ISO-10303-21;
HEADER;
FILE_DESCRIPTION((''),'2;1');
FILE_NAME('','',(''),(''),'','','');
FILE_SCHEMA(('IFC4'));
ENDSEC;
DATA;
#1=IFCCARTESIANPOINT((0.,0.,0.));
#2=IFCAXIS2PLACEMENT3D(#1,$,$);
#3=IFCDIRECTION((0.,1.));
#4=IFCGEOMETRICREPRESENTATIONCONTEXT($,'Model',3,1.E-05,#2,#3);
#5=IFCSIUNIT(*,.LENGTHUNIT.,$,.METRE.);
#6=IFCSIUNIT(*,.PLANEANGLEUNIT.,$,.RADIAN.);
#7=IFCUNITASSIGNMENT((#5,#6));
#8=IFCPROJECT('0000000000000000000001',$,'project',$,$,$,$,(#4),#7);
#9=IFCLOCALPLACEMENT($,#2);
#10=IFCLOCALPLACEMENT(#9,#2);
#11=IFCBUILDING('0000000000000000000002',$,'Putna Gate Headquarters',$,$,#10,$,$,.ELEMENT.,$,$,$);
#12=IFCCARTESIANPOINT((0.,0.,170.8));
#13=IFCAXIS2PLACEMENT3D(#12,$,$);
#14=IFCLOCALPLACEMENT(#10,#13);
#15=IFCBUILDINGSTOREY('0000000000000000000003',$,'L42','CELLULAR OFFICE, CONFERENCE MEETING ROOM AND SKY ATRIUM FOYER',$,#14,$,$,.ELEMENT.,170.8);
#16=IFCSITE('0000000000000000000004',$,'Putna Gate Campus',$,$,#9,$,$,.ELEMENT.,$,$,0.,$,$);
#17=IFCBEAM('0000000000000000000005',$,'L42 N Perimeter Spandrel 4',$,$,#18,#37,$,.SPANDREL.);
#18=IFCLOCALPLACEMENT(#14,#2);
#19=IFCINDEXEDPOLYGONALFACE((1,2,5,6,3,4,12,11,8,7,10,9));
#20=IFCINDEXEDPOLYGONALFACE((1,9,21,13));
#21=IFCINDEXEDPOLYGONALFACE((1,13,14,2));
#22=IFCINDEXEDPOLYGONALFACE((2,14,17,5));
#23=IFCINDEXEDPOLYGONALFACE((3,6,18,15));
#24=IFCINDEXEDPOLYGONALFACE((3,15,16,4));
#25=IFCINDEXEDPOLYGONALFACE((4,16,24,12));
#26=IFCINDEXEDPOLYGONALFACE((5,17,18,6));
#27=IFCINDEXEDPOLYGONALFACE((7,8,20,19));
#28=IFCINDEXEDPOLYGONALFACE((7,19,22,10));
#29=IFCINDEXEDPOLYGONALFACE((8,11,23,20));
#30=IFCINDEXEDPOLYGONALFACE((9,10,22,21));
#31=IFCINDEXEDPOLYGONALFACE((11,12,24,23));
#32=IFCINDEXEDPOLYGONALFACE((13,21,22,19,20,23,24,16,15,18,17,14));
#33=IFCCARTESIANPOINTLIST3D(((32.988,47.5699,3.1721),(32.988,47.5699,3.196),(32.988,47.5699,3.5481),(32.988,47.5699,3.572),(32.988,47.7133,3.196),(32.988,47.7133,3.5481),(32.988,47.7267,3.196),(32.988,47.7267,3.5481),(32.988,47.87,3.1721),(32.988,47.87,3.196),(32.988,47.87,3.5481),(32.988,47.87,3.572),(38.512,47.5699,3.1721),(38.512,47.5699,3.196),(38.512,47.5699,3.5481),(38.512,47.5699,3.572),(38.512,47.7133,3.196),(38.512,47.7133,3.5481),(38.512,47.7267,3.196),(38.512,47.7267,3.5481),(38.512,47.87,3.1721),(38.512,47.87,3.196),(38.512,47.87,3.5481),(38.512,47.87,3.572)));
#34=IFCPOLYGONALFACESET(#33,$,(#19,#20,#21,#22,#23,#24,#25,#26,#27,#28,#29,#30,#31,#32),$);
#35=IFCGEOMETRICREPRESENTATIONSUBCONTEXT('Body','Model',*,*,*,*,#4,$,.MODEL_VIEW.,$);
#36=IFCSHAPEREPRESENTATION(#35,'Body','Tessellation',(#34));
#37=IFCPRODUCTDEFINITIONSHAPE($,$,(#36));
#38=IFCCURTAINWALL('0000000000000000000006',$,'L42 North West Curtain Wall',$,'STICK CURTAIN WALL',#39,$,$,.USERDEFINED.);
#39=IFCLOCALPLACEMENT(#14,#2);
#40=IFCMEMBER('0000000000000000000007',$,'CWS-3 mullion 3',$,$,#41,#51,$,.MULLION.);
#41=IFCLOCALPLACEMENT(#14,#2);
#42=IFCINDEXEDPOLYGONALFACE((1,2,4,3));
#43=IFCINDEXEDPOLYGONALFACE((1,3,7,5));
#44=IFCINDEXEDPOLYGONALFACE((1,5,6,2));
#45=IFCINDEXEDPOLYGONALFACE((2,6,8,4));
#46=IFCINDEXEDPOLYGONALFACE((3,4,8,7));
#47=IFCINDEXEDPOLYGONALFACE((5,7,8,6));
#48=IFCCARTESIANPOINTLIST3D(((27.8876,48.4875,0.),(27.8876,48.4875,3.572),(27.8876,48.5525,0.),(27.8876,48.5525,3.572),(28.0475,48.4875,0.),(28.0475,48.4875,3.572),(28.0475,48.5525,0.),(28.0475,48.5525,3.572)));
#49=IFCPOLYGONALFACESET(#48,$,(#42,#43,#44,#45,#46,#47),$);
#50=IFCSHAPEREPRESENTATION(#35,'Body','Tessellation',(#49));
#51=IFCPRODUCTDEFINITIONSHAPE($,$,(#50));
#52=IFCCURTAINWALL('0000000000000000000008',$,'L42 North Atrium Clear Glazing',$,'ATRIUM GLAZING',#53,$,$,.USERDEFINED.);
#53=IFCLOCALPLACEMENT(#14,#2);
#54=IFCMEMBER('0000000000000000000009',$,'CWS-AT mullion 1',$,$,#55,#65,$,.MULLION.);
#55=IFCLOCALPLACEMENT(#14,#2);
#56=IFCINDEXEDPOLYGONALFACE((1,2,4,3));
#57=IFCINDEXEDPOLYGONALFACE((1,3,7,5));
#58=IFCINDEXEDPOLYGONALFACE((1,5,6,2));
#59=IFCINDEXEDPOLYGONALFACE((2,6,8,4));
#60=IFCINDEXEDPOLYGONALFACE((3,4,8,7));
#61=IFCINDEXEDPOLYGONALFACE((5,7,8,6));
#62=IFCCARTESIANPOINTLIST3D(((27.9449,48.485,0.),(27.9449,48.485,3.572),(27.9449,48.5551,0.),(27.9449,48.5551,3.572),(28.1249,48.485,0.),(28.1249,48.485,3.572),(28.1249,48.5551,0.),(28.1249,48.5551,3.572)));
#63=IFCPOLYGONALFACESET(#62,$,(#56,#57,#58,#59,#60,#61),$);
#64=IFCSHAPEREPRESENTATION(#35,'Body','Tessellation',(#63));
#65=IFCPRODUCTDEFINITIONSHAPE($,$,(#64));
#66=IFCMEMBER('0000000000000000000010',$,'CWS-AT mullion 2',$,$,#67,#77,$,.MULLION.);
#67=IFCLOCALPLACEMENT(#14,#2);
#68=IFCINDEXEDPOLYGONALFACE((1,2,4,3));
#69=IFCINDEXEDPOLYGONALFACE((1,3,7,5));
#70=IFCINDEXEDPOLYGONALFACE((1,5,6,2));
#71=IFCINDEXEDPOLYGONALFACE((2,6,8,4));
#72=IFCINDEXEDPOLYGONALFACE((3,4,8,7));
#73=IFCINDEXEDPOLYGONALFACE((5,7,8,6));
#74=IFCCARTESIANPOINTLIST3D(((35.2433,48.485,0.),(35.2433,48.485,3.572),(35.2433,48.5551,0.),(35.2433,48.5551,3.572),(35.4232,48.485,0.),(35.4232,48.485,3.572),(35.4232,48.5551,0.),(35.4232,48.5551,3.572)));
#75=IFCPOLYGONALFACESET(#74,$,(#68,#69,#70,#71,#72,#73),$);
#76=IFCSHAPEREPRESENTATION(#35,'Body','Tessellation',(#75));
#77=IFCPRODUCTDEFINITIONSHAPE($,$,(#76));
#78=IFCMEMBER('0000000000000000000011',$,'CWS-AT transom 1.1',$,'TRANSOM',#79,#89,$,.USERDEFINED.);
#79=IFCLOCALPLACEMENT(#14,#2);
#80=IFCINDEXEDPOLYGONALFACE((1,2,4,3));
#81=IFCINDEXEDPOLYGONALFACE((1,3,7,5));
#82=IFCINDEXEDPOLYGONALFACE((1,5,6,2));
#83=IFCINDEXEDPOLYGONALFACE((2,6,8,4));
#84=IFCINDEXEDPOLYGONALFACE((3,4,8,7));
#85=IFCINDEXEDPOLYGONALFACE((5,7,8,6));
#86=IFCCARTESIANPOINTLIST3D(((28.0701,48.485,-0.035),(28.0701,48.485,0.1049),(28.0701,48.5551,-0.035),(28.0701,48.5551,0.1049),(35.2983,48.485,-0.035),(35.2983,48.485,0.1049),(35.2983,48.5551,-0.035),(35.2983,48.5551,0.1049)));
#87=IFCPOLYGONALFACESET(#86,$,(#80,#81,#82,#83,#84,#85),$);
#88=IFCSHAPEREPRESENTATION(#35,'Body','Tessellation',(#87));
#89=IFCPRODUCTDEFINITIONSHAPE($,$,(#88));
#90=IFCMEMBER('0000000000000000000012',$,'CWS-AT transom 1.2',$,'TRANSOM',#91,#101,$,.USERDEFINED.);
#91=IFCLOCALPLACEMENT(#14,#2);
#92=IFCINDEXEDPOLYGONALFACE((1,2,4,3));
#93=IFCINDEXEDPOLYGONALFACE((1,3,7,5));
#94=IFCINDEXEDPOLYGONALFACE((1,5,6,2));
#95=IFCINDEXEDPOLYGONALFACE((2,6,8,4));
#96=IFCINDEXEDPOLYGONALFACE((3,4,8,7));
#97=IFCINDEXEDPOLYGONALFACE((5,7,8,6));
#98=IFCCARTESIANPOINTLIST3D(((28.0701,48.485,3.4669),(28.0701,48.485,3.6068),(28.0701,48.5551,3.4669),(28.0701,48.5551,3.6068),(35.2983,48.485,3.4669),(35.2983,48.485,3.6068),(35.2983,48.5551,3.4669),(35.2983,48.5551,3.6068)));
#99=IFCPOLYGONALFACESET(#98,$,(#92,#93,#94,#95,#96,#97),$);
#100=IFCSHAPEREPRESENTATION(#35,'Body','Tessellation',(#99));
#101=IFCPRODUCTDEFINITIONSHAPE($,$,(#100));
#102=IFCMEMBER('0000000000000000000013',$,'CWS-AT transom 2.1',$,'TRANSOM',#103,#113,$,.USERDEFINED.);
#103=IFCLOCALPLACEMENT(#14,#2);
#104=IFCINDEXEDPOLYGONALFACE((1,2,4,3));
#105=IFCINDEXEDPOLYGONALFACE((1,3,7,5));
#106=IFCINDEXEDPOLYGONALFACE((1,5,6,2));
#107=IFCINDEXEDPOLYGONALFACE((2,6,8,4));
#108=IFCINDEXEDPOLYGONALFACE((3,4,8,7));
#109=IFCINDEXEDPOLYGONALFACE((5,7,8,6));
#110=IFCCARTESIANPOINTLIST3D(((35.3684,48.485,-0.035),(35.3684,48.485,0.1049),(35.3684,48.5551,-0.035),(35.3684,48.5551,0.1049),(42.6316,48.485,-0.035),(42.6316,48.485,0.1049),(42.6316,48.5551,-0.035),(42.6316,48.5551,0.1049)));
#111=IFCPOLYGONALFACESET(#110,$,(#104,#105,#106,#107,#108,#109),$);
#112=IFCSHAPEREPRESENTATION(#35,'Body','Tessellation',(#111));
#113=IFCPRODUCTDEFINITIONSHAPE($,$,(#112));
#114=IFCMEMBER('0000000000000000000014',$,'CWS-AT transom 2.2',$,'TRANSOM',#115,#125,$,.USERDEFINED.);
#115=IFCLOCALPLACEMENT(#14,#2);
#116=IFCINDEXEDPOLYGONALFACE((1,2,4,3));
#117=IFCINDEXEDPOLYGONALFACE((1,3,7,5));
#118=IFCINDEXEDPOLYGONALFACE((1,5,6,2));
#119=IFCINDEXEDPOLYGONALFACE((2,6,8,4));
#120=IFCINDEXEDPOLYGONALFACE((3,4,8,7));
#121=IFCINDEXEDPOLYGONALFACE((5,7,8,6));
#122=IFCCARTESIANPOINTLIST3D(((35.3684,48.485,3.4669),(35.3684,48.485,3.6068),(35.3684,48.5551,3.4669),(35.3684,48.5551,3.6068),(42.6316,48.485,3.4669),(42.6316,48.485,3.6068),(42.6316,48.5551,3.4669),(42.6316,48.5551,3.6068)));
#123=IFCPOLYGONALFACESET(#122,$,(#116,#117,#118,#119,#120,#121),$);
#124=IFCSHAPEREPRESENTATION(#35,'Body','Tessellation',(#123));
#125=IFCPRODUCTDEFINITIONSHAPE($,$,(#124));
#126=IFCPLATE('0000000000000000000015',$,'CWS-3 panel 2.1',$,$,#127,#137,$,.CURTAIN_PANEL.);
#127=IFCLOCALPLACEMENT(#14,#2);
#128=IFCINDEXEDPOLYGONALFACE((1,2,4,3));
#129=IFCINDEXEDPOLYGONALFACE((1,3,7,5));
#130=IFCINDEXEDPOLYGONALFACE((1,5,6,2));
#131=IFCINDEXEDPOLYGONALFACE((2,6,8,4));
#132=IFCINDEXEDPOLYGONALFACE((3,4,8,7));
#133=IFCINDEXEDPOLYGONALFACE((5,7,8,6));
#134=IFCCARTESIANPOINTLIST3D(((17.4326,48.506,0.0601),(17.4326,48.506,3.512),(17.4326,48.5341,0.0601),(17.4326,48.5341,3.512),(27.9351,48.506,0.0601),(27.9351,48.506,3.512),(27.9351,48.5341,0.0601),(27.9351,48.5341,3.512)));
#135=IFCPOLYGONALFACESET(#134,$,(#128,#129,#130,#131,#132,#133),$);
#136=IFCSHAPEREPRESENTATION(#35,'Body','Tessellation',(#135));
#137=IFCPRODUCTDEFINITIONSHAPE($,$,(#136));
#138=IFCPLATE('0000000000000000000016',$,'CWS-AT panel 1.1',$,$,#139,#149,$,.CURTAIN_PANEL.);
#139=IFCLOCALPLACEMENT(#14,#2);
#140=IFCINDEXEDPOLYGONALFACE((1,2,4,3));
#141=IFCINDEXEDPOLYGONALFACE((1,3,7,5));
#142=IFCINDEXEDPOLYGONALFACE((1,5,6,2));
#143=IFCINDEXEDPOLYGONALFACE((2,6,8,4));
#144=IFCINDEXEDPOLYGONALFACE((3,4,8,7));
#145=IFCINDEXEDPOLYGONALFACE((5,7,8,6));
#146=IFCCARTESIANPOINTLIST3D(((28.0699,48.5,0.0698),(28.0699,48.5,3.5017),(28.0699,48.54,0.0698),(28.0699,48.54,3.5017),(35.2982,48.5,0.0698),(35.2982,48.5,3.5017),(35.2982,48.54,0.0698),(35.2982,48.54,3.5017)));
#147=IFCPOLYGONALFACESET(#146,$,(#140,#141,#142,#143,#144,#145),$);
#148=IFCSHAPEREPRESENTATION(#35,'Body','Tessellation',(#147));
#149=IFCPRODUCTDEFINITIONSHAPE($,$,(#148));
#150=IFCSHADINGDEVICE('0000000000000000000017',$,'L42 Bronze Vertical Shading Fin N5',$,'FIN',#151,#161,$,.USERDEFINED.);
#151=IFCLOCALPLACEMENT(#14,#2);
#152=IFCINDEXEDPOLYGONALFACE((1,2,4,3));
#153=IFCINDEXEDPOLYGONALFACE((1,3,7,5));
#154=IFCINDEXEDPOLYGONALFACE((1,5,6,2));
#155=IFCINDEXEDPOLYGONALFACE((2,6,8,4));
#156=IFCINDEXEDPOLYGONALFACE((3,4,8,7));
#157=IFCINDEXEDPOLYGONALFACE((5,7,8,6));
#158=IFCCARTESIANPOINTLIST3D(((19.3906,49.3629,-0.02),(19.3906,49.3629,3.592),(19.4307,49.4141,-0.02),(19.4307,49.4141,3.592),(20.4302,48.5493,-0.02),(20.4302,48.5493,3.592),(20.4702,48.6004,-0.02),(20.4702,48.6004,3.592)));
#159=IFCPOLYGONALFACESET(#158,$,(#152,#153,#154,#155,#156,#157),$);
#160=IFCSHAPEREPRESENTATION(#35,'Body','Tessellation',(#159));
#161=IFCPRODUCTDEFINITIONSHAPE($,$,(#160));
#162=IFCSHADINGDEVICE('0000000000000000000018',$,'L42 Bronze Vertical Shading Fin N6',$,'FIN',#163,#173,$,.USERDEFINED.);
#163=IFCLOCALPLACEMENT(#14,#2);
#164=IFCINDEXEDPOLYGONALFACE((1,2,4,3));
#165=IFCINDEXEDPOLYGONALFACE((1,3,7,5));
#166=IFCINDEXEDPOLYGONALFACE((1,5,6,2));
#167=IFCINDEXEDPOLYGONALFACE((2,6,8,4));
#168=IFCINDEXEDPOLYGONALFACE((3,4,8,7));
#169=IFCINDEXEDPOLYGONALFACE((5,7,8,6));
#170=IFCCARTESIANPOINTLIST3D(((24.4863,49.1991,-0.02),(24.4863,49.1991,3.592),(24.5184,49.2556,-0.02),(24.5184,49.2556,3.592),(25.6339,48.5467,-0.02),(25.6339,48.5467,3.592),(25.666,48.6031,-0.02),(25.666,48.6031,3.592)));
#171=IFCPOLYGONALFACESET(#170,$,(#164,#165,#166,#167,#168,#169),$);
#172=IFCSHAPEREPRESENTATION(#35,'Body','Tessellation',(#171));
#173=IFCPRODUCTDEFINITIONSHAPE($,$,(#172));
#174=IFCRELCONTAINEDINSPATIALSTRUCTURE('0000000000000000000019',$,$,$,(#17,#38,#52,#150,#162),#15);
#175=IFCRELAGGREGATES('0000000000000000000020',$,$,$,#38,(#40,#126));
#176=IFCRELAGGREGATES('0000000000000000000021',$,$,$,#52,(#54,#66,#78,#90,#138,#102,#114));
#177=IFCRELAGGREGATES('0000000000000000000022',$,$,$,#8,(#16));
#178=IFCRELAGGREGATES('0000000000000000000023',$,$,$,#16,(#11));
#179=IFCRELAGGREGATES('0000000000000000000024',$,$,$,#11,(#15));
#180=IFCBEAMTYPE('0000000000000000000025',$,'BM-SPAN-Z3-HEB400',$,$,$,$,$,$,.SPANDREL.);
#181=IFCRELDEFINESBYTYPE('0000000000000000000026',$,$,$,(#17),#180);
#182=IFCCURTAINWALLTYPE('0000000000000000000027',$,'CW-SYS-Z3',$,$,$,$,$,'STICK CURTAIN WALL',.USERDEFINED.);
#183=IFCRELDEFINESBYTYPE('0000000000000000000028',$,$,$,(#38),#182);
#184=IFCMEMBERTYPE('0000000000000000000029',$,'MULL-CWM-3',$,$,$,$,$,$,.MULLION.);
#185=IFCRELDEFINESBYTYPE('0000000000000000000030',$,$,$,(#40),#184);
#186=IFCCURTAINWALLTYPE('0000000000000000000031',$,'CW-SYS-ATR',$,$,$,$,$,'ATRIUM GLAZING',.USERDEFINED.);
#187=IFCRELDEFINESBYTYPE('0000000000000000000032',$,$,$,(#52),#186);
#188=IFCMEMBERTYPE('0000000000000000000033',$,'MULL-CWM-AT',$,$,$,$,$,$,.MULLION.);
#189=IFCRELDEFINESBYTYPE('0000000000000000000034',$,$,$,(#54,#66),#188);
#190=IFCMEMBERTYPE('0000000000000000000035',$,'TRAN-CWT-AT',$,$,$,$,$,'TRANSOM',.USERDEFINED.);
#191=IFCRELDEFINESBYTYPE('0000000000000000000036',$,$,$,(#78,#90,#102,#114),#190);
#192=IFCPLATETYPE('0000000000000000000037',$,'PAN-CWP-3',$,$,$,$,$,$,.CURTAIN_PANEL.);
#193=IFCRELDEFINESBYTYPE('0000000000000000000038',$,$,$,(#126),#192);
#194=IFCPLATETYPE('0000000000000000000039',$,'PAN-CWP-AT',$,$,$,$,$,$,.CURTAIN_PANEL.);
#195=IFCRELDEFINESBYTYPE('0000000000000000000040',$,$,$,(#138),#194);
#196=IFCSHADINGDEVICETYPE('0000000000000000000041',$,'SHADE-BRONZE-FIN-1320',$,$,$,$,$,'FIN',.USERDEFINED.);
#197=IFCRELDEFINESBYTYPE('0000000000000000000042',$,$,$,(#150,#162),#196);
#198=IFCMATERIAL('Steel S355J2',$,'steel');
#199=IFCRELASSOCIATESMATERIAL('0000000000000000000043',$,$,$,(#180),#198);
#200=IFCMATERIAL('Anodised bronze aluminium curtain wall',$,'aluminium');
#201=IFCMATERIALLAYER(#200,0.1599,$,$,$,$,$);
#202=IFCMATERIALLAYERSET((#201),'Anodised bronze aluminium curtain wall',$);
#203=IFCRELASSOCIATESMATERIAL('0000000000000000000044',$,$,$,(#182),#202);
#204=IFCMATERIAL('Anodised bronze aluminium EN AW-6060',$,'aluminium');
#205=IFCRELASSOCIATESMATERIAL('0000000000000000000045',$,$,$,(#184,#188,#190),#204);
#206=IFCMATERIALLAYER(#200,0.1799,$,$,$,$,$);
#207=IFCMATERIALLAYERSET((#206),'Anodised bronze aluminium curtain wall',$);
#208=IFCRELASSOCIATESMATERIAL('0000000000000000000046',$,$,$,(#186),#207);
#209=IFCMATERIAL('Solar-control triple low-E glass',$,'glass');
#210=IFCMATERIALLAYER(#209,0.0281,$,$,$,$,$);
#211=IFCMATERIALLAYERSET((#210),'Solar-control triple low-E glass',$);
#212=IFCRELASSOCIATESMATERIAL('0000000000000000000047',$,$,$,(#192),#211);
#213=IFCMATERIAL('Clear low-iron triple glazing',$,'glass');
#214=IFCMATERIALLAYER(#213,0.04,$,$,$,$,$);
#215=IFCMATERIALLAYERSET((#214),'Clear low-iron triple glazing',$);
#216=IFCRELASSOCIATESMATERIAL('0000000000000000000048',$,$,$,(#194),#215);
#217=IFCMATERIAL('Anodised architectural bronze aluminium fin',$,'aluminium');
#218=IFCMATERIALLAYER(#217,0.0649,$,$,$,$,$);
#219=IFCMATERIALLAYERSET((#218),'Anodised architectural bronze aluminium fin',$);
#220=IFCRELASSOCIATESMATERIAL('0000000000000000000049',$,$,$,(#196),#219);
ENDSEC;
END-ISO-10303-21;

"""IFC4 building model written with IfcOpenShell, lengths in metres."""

from ifc_helpers import new_model, si_unit, direction, frame, origin, origin_2d, place, context, subcontext, project, spatial, rectangle, i_section, extrude, material, layer, layer_set, material_profile, profile_set, type_object, element, aggregate, save


model = new_model("IFC4")

# Units and contexts
model_context = context("Model", 3, precision=1e-05, world=origin(), true_north=direction((0.0, 1.0)))
body_context = subcontext(model_context, "Body", "Model", "MODEL_VIEW")
ifc_project = project(units=[si_unit("LENGTHUNIT", "METRE"), si_unit("PLANEANGLEUNIT", "RADIAN")], contexts=[model_context])

# Site, building, storey
site_placement = place(None, origin())
site = spatial("IfcSite", under=ifc_project, at=site_placement, Name="Putna Gate Campus", CompositionType="ELEMENT", RefElevation=0.0)
building_placement = place(site_placement, origin())
building = spatial("IfcBuilding", under=site, at=building_placement, Name="Putna Gate Headquarters", CompositionType="ELEMENT")
storey_placement = place(building_placement, frame((0.0, 0.0, 170.8)))
storey = spatial("IfcBuildingStorey", under=building, at=storey_placement, Name="L42", Description="CELLULAR OFFICE, CONFERENCE MEETING ROOM AND SKY ATRIUM FOYER", CompositionType="ELEMENT", Elevation=170.8)

# Beam
ifc_material_1 = material(Name="Steel S355J2", Category="steel")
ifc_material_profile_1 = material_profile(ifc_material_1, i_section(OverallWidth=0.3, OverallDepth=0.3999, WebThickness=0.0134, FlangeThickness=0.0239, at=origin_2d()), Name="Steel S355J2")
ifc_profile_set_1 = profile_set([ifc_material_profile_1], Name="Steel S355J2")
beam_type_1 = type_object("IfcBeamType", Name="BM-SPAN-Z3-HEB400", PredefinedType="SPANDREL", material=ifc_profile_set_1)
for number, where, z_axis, x_axis, name in (
    (1, (32.988, 47.72, 3.3721), (1.0, 0.0, 0.0), (0.0, 1.0, 0.0), "L42 N Perimeter Spandrel 4"),
):
    element("IfcBeam", number, at=place(storey_placement, frame(where, z_axis=z_axis, x_axis=x_axis)), inside=storey, type_object=beam_type_1, Name=name, PredefinedType="SPANDREL", context=body_context, shape_type="SweptSolid", body=[
        extrude(i_section(OverallWidth=0.3, OverallDepth=0.3999, WebThickness=0.0134, FlangeThickness=0.0239, at=origin_2d()), origin(), (0.0, 0.0, 1.0), 5.5239),
    ])

# Curtain wall, member
ifc_material_2 = material(Name="Anodised bronze aluminium curtain wall", Category="aluminium")
ifc_layer_1 = layer(ifc_material_2, 0.1599)
ifc_layer_set_1 = layer_set([ifc_layer_1], Name="Anodised bronze aluminium curtain wall")
curtain_wall_type_1 = type_object("IfcCurtainWallType", Name="CW-SYS-Z3", ElementType="STICK CURTAIN WALL", PredefinedType="USERDEFINED", material=ifc_layer_set_1)
curtain_wall_1_placement = place(storey_placement, origin())
curtain_wall_1 = element("IfcCurtainWall", 2, at=curtain_wall_1_placement, inside=storey, type_object=curtain_wall_type_1, Name="L42 North West Curtain Wall", ObjectType="STICK CURTAIN WALL", PredefinedType="USERDEFINED")
ifc_material_3 = material(Name="Anodised bronze aluminium EN AW-6060", Category="aluminium")
ifc_material_profile_2 = material_profile(ifc_material_3, rectangle(XDim=0.0649, YDim=0.1599, at=origin_2d()), Name="Anodised bronze aluminium EN AW-6060")
ifc_profile_set_2 = profile_set([ifc_material_profile_2], Name="Anodised bronze aluminium EN AW-6060")
member_type_1 = type_object("IfcMemberType", Name="MULL-CWM-3", PredefinedType="MULLION", material=ifc_profile_set_2)
member_1_placement = place(storey_placement, frame((27.9675, 48.52, 0.0), z_axis=(0.0, 0.0, 1.0), x_axis=(0.0, 1.0, 0.0)))
member_1 = element("IfcMember", 3, at=member_1_placement, type_object=member_type_1, Name="CWS-3 mullion 3", PredefinedType="MULLION", context=body_context, shape_type="SweptSolid", body=[
    extrude(rectangle(XDim=0.0649, YDim=0.1599, at=origin_2d()), origin(), (0.0, 0.0, 1.0), 3.572),
])

# Curtain wall, members
ifc_layer_2 = layer(ifc_material_2, 0.1799)
ifc_layer_set_2 = layer_set([ifc_layer_2], Name="Anodised bronze aluminium curtain wall")
curtain_wall_type_2 = type_object("IfcCurtainWallType", Name="CW-SYS-ATR", ElementType="ATRIUM GLAZING", PredefinedType="USERDEFINED", material=ifc_layer_set_2)
curtain_wall_2_placement = place(storey_placement, origin())
curtain_wall_2 = element("IfcCurtainWall", 4, at=curtain_wall_2_placement, inside=storey, type_object=curtain_wall_type_2, Name="L42 North Atrium Clear Glazing", ObjectType="ATRIUM GLAZING", PredefinedType="USERDEFINED")
ifc_material_profile_3 = material_profile(ifc_material_3, rectangle(XDim=0.0701, YDim=0.1799, at=origin_2d()), Name="Anodised bronze aluminium EN AW-6060")
ifc_profile_set_3 = profile_set([ifc_material_profile_3], Name="Anodised bronze aluminium EN AW-6060")
member_type_2 = type_object("IfcMemberType", Name="MULL-CWM-AT", PredefinedType="MULLION", material=ifc_profile_set_3)
member_2_placement = place(storey_placement, frame((28.0349, 48.52, 0.0), z_axis=(0.0, 0.0, 1.0), x_axis=(0.0, 1.0, 0.0)))
member_2 = element("IfcMember", 5, at=member_2_placement, type_object=member_type_2, Name="CWS-AT mullion 1", PredefinedType="MULLION", context=body_context, shape_type="SweptSolid", body=[
    extrude(rectangle(XDim=0.0701, YDim=0.1799, at=origin_2d()), origin(), (0.0, 0.0, 1.0), 3.572),
])
member_3_placement = place(storey_placement, frame((35.3333, 48.52, 0.0), z_axis=(0.0, 0.0, 1.0), x_axis=(0.0, 1.0, 0.0)))
member_3 = element("IfcMember", 6, at=member_3_placement, type_object=member_type_2, Name="CWS-AT mullion 2", PredefinedType="MULLION", context=body_context, shape_type="SweptSolid", body=[
    extrude(rectangle(XDim=0.0701, YDim=0.1799, at=origin_2d()), origin(), (0.0, 0.0, 1.0), 3.572),
])
ifc_material_profile_4 = material_profile(ifc_material_3, rectangle(XDim=0.0701, YDim=0.1399, at=origin_2d()), Name="Anodised bronze aluminium EN AW-6060")
ifc_profile_set_4 = profile_set([ifc_material_profile_4], Name="Anodised bronze aluminium EN AW-6060")
member_type_3 = type_object("IfcMemberType", Name="TRAN-CWT-AT", ElementType="TRANSOM", PredefinedType="USERDEFINED", material=ifc_profile_set_4)
member_4_placement = place(storey_placement, frame((28.0701, 48.52, 0.0349), z_axis=(1.0, 0.0, 0.0), x_axis=(0.0, 1.0, 0.0)))
member_4 = element("IfcMember", 7, at=member_4_placement, type_object=member_type_3, Name="CWS-AT transom 1.1", ObjectType="TRANSOM", PredefinedType="USERDEFINED", context=body_context, shape_type="SweptSolid", body=[
    extrude(rectangle(XDim=0.0701, YDim=0.1399, at=origin_2d()), origin(), (0.0, 0.0, 1.0), 7.2283),
])
member_5_placement = place(storey_placement, frame((28.0701, 48.52, 3.5369), z_axis=(1.0, 0.0, 0.0), x_axis=(0.0, 1.0, 0.0)))
member_5 = element("IfcMember", 8, at=member_5_placement, type_object=member_type_3, Name="CWS-AT transom 1.2", ObjectType="TRANSOM", PredefinedType="USERDEFINED", context=body_context, shape_type="SweptSolid", body=[
    extrude(rectangle(XDim=0.0701, YDim=0.1399, at=origin_2d()), origin(), (0.0, 0.0, 1.0), 7.2283),
])
member_6_placement = place(storey_placement, frame((35.3684, 48.52, 0.0349), z_axis=(1.0, 0.0, 0.0), x_axis=(0.0, 1.0, 0.0)))
member_6 = element("IfcMember", 9, at=member_6_placement, type_object=member_type_3, Name="CWS-AT transom 2.1", ObjectType="TRANSOM", PredefinedType="USERDEFINED", context=body_context, shape_type="SweptSolid", body=[
    extrude(rectangle(XDim=0.0701, YDim=0.1399, at=origin_2d()), origin(), (0.0, 0.0, 1.0), 7.2632),
])
member_7_placement = place(storey_placement, frame((35.3684, 48.52, 3.5369), z_axis=(1.0, 0.0, 0.0), x_axis=(0.0, 1.0, 0.0)))
member_7 = element("IfcMember", 10, at=member_7_placement, type_object=member_type_3, Name="CWS-AT transom 2.2", ObjectType="TRANSOM", PredefinedType="USERDEFINED", context=body_context, shape_type="SweptSolid", body=[
    extrude(rectangle(XDim=0.0701, YDim=0.1399, at=origin_2d()), origin(), (0.0, 0.0, 1.0), 7.2632),
])

# Plates
ifc_material_4 = material(Name="Solar-control triple low-E glass", Category="glass")
ifc_layer_3 = layer(ifc_material_4, 0.0281)
ifc_layer_set_3 = layer_set([ifc_layer_3], Name="Solar-control triple low-E glass")
plate_type_1 = type_object("IfcPlateType", Name="PAN-CWP-3", PredefinedType="CURTAIN_PANEL", material=ifc_layer_set_3)
plate_1_placement = place(storey_placement, frame((22.6838, 48.52, 0.0601), z_axis=(0.0, 0.0, 1.0), x_axis=(1.0, 0.0, 0.0)))
plate_1 = element("IfcPlate", 11, at=plate_1_placement, type_object=plate_type_1, Name="CWS-3 panel 2.1", PredefinedType="CURTAIN_PANEL", context=body_context, shape_type="SweptSolid", body=[
    extrude(rectangle(XDim=10.5024, YDim=0.0281, at=origin_2d()), origin(), (0.0, 0.0, 1.0), 3.4519),
])
aggregate(curtain_wall_1, [member_1, plate_1])
ifc_material_5 = material(Name="Clear low-iron triple glazing", Category="glass")
ifc_layer_4 = layer(ifc_material_5, 0.04)
ifc_layer_set_4 = layer_set([ifc_layer_4], Name="Clear low-iron triple glazing")
plate_type_2 = type_object("IfcPlateType", Name="PAN-CWP-AT", PredefinedType="CURTAIN_PANEL", material=ifc_layer_set_4)
plate_2_placement = place(storey_placement, frame((31.6841, 48.52, 0.0698), z_axis=(0.0, 0.0, 1.0), x_axis=(1.0, 0.0, 0.0)))
plate_2 = element("IfcPlate", 12, at=plate_2_placement, type_object=plate_type_2, Name="CWS-AT panel 1.1", PredefinedType="CURTAIN_PANEL", context=body_context, shape_type="SweptSolid", body=[
    extrude(rectangle(XDim=7.2283, YDim=0.04, at=origin_2d()), origin(), (0.0, 0.0, 1.0), 3.4319),
])
aggregate(curtain_wall_2, [member_2, member_3, member_4, member_5, plate_2, member_6, member_7])

# Shading devices
ifc_material_6 = material(Name="Anodised architectural bronze aluminium fin", Category="aluminium")
ifc_layer_5 = layer(ifc_material_6, 0.0649)
ifc_layer_set_5 = layer_set([ifc_layer_5], Name="Anodised architectural bronze aluminium fin")
shading_device_type = type_object("IfcShadingDeviceType", Name="SHADE-BRONZE-FIN-1320", ElementType="FIN", PredefinedType="USERDEFINED", material=ifc_layer_set_5)
for number, where, z_axis, x_axis, name in (
    (13, (19.9304, 48.9817, -0.02), (0.0, 0.0, 1.0), (-0.787473, 0.616349, 0.0), "L42 Bronze Vertical Shading Fin N5"),
    (14, (25.0762, 48.9011, -0.02), (0.0, 0.0, 1.0), (-0.869322, 0.494245, 0.0), "L42 Bronze Vertical Shading Fin N6"),
):
    element("IfcShadingDevice", number, at=place(storey_placement, frame(where, z_axis=z_axis, x_axis=x_axis)), inside=storey, type_object=shading_device_type, Name=name, ObjectType="FIN", PredefinedType="USERDEFINED", context=body_context, shape_type="SweptSolid", body=[
        extrude(rectangle(XDim=1.3201, YDim=0.0649, at=origin_2d()), origin(), (0.0, 0.0, 1.0), 3.6121),
    ])

save(model, "model.ifc")
